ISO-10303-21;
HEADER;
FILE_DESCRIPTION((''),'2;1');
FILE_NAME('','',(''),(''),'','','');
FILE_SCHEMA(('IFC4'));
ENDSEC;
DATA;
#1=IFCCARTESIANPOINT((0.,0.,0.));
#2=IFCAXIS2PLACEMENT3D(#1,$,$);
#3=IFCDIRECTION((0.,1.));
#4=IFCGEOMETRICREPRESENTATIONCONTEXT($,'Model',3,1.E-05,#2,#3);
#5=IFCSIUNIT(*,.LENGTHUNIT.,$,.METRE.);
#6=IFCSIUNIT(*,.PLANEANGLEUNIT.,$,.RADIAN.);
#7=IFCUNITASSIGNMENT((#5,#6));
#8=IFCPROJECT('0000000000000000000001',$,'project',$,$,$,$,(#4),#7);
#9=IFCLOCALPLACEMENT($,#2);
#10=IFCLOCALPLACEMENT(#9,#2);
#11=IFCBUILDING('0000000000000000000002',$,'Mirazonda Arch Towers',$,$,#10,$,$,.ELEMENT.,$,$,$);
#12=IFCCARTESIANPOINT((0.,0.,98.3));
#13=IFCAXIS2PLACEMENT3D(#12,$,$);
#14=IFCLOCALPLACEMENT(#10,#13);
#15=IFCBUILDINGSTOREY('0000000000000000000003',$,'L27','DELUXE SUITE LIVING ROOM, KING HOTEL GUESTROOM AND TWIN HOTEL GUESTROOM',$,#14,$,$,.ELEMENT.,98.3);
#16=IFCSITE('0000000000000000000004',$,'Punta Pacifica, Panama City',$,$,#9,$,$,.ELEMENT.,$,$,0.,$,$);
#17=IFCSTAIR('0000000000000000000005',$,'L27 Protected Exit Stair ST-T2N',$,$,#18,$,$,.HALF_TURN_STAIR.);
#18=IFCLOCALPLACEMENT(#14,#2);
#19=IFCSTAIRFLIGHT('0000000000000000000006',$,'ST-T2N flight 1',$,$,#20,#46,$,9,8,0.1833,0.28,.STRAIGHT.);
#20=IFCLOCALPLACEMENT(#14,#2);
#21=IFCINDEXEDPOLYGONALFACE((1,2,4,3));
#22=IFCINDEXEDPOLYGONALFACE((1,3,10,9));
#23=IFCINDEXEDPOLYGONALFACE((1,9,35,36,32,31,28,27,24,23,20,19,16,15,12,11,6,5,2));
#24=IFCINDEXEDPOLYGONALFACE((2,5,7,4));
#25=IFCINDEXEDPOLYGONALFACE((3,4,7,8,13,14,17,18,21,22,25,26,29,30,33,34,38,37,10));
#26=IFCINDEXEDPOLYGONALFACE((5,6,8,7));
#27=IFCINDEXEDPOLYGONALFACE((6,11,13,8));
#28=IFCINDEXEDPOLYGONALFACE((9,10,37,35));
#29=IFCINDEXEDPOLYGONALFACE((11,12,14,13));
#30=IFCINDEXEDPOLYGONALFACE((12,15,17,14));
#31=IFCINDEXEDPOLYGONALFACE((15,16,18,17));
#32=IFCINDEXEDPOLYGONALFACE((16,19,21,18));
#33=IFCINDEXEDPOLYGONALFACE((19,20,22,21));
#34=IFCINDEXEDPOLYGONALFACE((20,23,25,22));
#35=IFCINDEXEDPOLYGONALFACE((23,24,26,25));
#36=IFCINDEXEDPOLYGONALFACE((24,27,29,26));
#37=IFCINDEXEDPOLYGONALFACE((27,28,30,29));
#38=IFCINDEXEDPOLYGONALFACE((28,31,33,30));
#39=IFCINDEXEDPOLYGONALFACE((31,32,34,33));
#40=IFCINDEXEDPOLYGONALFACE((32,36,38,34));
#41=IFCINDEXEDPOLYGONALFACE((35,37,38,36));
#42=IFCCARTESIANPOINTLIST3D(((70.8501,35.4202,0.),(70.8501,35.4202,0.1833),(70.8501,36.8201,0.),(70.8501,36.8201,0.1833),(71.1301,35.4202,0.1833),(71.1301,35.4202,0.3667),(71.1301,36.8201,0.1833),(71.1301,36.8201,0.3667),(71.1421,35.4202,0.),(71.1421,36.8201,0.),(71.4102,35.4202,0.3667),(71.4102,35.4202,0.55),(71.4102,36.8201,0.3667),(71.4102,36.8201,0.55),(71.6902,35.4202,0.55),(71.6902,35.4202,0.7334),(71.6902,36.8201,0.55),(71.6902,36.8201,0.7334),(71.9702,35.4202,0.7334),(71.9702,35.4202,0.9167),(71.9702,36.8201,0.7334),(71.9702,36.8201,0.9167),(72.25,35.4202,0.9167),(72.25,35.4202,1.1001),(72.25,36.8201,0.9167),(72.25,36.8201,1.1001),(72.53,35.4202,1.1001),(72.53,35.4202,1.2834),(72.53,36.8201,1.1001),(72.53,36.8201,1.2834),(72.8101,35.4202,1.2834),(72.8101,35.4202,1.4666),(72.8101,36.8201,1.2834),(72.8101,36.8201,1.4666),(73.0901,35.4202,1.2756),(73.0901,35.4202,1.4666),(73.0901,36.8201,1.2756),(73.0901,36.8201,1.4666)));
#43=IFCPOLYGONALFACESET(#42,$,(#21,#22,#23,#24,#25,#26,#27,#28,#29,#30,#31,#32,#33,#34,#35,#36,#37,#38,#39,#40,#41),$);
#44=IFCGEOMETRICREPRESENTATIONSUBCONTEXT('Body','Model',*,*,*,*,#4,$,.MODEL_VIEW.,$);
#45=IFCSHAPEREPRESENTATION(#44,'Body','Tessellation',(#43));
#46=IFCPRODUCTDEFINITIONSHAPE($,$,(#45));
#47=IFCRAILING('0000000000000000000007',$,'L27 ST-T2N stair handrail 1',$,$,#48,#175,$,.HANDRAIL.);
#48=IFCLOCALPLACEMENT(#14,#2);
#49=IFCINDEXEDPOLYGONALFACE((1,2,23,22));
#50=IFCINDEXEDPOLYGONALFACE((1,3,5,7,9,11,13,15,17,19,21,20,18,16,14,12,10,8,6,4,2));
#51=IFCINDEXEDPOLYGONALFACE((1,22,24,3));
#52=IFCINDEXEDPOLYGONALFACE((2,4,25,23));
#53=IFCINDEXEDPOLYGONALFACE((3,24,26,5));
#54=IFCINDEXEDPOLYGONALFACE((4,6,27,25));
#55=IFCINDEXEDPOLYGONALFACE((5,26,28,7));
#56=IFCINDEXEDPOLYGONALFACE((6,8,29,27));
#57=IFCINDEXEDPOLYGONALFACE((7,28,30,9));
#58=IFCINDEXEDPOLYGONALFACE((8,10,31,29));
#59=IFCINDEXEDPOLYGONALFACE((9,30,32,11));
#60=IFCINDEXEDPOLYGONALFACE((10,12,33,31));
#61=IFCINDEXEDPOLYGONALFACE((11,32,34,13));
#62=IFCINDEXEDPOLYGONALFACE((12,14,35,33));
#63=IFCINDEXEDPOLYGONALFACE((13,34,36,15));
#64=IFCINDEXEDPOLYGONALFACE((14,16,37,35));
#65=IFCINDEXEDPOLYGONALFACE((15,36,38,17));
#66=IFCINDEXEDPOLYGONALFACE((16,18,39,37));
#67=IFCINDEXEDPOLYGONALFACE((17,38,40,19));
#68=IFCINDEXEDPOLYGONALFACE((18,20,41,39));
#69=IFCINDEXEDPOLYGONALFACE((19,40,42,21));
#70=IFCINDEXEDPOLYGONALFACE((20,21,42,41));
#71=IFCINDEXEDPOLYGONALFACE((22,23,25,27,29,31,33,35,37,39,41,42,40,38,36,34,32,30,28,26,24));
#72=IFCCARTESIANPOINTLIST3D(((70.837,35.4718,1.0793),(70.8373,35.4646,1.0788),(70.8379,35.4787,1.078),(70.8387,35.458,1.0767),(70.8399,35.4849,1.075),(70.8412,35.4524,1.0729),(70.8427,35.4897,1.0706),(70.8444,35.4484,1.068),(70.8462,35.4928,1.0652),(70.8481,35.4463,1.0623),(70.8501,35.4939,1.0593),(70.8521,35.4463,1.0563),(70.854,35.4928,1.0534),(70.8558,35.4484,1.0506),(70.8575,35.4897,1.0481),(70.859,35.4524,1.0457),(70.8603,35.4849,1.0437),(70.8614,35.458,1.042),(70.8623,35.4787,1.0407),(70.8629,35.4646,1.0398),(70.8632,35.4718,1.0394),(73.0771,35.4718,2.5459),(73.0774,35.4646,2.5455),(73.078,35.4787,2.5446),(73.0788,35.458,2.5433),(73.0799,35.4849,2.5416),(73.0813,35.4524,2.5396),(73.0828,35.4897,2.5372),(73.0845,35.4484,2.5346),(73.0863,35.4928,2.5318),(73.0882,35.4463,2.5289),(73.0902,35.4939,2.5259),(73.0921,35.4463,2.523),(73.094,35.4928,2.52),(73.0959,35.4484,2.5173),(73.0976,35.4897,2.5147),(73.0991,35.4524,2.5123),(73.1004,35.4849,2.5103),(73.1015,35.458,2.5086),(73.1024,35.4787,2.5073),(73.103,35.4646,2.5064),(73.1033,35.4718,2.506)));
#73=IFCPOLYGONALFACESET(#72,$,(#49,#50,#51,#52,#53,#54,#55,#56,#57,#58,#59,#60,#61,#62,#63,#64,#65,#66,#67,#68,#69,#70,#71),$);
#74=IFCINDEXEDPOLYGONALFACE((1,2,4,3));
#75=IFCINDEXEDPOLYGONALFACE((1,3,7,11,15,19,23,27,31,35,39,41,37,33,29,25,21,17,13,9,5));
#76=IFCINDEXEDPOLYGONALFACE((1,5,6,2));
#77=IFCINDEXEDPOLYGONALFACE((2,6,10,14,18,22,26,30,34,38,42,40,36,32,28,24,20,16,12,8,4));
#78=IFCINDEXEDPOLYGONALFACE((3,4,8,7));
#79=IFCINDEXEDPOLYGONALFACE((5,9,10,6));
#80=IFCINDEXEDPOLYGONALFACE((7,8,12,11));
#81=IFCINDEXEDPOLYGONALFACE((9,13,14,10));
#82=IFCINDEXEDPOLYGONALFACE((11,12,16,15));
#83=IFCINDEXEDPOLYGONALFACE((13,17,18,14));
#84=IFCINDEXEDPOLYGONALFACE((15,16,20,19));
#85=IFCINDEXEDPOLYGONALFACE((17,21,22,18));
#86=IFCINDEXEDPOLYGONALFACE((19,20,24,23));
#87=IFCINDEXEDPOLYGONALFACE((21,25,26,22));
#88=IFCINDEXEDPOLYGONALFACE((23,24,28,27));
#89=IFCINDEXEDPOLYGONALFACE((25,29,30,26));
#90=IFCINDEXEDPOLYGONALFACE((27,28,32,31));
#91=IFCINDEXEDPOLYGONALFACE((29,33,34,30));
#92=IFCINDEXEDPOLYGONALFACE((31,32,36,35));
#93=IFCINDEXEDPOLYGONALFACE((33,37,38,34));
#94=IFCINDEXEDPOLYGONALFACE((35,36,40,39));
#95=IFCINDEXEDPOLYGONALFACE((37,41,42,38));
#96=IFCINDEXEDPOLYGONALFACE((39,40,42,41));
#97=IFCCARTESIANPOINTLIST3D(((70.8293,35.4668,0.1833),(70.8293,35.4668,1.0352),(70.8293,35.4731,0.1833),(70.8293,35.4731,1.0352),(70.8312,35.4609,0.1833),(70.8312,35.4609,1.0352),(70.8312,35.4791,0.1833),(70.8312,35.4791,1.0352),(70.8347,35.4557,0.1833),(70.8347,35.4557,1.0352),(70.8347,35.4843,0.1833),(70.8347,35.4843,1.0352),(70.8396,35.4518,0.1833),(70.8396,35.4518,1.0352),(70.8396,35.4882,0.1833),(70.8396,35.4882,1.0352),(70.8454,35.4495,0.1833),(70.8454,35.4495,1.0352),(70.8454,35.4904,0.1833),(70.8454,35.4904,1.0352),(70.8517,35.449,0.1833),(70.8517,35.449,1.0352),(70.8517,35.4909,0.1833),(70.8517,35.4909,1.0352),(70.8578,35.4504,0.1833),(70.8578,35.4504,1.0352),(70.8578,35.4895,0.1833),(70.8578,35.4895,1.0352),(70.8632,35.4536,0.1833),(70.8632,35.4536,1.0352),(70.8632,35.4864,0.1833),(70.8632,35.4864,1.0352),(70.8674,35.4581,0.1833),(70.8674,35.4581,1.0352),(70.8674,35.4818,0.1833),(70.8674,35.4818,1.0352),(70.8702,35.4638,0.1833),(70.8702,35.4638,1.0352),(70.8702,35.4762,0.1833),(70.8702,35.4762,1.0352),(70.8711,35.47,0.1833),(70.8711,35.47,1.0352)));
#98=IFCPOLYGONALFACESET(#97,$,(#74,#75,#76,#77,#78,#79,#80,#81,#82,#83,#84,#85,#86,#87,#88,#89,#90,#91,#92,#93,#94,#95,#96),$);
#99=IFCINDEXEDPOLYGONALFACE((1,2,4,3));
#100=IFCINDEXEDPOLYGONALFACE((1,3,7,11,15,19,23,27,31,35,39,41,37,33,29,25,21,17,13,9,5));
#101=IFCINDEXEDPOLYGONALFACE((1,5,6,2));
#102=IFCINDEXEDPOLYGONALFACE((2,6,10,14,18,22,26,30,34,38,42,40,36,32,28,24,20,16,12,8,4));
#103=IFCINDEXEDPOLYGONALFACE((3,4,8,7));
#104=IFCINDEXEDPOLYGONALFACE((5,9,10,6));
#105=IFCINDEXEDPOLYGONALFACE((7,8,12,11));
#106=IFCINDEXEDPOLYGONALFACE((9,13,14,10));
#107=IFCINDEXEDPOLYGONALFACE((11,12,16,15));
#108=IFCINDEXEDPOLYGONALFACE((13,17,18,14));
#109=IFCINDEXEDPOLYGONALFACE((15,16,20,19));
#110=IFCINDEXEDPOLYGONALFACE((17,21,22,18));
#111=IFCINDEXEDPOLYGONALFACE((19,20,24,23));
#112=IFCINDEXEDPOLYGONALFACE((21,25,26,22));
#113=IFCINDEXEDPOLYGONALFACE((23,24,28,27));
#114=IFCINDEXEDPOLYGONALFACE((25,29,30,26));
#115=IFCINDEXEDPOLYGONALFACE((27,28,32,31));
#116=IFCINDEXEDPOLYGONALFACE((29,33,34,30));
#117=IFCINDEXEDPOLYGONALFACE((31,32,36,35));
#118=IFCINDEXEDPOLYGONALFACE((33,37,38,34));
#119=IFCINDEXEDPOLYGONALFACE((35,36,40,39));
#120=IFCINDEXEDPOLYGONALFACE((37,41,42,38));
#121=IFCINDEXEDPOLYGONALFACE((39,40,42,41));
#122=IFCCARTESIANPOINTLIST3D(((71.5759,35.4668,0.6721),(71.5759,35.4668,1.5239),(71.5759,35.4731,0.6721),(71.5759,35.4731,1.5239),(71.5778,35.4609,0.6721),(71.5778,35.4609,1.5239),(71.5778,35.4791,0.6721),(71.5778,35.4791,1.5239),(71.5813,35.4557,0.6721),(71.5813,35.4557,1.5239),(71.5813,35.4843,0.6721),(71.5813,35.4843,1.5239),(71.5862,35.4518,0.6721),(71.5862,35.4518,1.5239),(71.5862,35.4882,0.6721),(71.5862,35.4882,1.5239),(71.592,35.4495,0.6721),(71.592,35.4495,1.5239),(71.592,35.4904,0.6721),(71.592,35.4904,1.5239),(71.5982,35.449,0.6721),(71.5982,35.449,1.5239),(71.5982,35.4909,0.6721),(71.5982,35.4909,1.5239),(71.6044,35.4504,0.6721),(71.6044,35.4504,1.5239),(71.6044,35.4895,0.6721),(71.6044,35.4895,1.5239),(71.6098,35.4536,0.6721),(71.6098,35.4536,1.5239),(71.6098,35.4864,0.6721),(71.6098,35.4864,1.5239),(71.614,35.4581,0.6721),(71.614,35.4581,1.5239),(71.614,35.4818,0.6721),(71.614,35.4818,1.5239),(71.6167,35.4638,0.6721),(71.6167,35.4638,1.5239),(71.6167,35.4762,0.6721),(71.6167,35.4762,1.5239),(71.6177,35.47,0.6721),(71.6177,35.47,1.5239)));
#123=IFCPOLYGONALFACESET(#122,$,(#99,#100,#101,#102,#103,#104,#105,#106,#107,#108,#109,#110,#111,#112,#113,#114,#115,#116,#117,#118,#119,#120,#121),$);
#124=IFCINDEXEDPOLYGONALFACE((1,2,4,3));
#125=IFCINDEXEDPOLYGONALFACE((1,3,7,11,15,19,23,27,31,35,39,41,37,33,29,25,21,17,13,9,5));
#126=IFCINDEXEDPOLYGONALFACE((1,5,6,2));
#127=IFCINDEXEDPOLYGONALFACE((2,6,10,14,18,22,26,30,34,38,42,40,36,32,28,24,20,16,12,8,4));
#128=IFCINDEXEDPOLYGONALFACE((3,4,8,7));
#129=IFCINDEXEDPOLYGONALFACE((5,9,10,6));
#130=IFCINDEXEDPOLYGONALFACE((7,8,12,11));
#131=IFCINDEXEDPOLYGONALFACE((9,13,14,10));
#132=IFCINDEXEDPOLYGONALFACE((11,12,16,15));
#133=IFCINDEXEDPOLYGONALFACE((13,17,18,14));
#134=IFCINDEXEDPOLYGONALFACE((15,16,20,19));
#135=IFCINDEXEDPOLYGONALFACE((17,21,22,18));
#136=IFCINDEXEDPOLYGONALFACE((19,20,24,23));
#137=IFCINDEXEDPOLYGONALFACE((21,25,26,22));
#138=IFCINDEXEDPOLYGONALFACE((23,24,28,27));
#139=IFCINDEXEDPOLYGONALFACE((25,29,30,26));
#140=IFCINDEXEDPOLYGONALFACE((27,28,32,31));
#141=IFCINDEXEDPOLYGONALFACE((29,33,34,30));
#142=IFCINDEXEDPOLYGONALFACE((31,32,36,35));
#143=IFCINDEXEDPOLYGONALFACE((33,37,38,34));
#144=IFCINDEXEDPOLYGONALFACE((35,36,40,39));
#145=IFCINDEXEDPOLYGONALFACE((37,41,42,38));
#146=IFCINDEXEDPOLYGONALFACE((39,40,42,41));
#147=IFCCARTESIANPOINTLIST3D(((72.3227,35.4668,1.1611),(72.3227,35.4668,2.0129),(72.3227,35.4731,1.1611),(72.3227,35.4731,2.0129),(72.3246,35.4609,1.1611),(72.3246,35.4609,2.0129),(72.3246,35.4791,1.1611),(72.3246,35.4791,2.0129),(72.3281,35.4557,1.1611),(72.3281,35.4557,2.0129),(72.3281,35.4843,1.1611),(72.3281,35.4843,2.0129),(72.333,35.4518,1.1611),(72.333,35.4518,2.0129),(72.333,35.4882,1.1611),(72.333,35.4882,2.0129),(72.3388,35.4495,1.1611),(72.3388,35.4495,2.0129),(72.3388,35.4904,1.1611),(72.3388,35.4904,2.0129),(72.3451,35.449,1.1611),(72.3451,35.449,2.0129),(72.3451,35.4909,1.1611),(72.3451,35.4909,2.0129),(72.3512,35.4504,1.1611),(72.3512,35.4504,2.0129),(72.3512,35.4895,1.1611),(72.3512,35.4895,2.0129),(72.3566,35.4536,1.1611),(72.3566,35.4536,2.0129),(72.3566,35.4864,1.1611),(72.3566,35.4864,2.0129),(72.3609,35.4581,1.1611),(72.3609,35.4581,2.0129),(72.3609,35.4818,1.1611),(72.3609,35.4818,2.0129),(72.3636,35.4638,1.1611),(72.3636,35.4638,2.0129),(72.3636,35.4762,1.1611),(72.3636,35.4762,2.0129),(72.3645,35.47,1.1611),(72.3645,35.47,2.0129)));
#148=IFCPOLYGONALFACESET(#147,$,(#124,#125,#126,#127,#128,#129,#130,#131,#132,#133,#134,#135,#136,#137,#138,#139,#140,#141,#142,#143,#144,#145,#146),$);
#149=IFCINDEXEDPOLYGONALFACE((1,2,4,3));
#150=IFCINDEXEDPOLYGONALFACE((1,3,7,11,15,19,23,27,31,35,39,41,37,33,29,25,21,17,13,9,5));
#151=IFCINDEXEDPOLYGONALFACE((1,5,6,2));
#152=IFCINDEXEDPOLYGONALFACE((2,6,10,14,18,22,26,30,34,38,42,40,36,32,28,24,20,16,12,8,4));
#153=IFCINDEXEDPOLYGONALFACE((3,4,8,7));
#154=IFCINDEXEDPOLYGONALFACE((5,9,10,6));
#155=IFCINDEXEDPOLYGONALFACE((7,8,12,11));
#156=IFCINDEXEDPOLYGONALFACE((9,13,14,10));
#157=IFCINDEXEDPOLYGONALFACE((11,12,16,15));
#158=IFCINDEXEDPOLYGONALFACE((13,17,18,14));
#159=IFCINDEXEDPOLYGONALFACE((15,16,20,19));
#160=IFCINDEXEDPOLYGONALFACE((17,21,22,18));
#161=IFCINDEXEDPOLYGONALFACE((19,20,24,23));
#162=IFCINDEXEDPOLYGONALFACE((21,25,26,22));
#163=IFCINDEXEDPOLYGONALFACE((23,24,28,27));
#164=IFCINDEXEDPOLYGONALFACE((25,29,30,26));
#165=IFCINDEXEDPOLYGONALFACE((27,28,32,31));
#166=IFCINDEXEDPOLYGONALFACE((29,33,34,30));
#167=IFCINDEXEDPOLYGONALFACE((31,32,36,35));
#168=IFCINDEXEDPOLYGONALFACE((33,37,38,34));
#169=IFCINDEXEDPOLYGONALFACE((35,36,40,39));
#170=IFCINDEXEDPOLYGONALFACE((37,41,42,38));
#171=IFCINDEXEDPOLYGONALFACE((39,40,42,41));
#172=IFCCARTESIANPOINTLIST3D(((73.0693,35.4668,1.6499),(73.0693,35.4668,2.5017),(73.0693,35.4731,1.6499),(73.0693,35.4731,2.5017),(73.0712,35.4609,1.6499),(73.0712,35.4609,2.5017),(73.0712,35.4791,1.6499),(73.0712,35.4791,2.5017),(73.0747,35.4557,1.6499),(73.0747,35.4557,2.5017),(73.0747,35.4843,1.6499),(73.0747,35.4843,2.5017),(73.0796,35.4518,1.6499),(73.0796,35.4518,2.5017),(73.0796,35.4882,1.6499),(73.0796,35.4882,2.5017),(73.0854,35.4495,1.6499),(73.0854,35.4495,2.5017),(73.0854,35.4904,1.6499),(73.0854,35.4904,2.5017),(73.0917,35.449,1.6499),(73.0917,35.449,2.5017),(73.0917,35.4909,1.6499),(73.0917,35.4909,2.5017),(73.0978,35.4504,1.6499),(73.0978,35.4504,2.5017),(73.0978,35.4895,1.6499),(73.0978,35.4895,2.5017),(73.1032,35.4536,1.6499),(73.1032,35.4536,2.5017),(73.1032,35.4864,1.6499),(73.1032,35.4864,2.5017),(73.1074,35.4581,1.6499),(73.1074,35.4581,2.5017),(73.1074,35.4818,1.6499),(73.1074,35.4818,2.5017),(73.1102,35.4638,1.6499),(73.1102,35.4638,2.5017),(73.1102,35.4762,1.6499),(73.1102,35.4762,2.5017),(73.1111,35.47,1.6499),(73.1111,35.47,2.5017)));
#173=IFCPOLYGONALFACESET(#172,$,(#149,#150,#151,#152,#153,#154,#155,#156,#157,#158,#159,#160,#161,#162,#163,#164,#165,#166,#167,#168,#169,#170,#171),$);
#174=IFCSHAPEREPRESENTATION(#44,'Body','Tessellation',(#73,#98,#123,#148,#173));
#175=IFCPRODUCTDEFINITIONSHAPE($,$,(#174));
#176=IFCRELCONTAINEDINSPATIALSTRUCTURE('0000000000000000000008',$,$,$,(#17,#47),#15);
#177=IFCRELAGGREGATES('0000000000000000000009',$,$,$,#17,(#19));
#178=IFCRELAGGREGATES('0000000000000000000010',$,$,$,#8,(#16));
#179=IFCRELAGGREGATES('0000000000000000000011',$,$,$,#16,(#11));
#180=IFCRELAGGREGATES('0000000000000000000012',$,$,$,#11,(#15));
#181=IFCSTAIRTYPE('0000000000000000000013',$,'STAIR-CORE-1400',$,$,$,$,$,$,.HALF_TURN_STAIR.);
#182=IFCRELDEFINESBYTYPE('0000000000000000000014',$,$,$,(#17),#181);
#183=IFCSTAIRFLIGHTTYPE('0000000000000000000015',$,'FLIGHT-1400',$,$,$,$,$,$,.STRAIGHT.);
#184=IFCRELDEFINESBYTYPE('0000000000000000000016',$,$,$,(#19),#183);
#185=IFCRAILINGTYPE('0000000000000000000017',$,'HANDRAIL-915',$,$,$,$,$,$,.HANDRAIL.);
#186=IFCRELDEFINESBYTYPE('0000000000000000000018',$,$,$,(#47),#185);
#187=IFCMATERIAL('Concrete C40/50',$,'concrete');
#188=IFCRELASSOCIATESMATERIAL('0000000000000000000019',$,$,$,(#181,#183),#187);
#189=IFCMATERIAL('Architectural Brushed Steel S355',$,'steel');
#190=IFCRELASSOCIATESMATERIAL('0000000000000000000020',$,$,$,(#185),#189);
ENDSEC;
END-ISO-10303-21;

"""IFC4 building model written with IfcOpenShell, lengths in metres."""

from ifc_helpers import new_model, si_unit, direction, frame, origin, origin_2d, place, context, subcontext, project, spatial, polyline, circle, outline, extrude, material, type_object, element, aggregate, save


model = new_model("IFC4")

# Units and contexts
model_context = context("Model", 3, precision=1e-05, world=origin(), true_north=direction((0.0, 1.0)))
body_context = subcontext(model_context, "Body", "Model", "MODEL_VIEW")
ifc_project = project(units=[si_unit("LENGTHUNIT", "METRE"), si_unit("PLANEANGLEUNIT", "RADIAN")], contexts=[model_context])

# Site, building, storey
site_placement = place(None, origin())
site = spatial("IfcSite", under=ifc_project, at=site_placement, Name="Punta Pacifica, Panama City", CompositionType="ELEMENT", RefElevation=0.0)
building_placement = place(site_placement, origin())
building = spatial("IfcBuilding", under=site, at=building_placement, Name="Mirazonda Arch Towers", CompositionType="ELEMENT")
storey_placement = place(building_placement, frame((0.0, 0.0, 98.3)))
storey = spatial("IfcBuildingStorey", under=building, at=storey_placement, Name="L27", Description="DELUXE SUITE LIVING ROOM, KING HOTEL GUESTROOM AND TWIN HOTEL GUESTROOM", CompositionType="ELEMENT", Elevation=98.3)

# Shared definitions
ifc_material_1 = material(Name="Architectural Brushed Steel S355", Category="steel")

# Stair, stair flight
ifc_material_2 = material(Name="Concrete C40/50", Category="concrete")
stair_type = type_object("IfcStairType", Name="STAIR-CORE-1400", PredefinedType="HALF_TURN_STAIR", material=ifc_material_2)
stair_placement = place(storey_placement, origin())
stair = element("IfcStair", 1, at=stair_placement, inside=storey, type_object=stair_type, Name="L27 Protected Exit Stair ST-T2N", PredefinedType="HALF_TURN_STAIR")
stair_flight_type = type_object("IfcStairFlightType", Name="FLIGHT-1400", PredefinedType="STRAIGHT", material=ifc_material_2)
stair_flight_placement = place(storey_placement, frame((70.8501, 36.1201, 0.0), z_axis=(0.0, 0.0, 1.0), x_axis=(1.0, 0.0, 0.0)))
stair_flight = element("IfcStairFlight", 2, at=stair_flight_placement, type_object=stair_flight_type, Name="ST-T2N flight 1", NumberOfRisers=9, NumberOfTreads=8, PredefinedType="STRAIGHT", RiserHeight=0.1833, TreadLength=0.28, context=body_context, shape_type="SweptSolid", body=[
    extrude(outline(polyline([(0.0, 0.0), (0.0, 0.1833), (0.28, 0.1833), (0.28, 0.3667), (0.5601, 0.3667), (0.5601, 0.55), (0.8401, 0.55), (0.8401, 0.7334), (1.1201, 0.7334), (1.1201, 0.9167), (1.3999, 0.9167), (1.3999, 1.1001), (1.6799, 1.1001), (1.6799, 1.2834), (1.96, 1.2834), (1.96, 1.4666), (2.24, 1.4666), (2.24, 1.6499), (2.24, 1.2756), (0.292, 0.0), (0.0, 0.0)])), frame((0.0, 0.7, 0.0), z_axis=(0.0, -1.0, 0.0), x_axis=(1.0, 0.0, 0.0)), (0.0, 0.0, 1.0), 1.3999),
])
aggregate(stair, [stair_flight])

# Railing
railing_type = type_object("IfcRailingType", Name="HANDRAIL-915", PredefinedType="HANDRAIL", material=ifc_material_1)
railing_placement = place(storey_placement, frame((70.8501, 35.47, 0.1833)))
element("IfcRailing", 3, at=railing_placement, inside=storey, type_object=railing_type, Name="L27 ST-T2N stair handrail 1", PredefinedType="HANDRAIL", context=body_context, shape_type="SweptSolid", body=[
    extrude(circle(Radius=0.0239, at=origin_2d()), frame((0.0, 0.0, 0.876), z_axis=(0.836637, 0.0, 0.547758), x_axis=(0.0, 1.0, 0.0)), (0.0, 0.0, 1.0), 2.6775),
    extrude(circle(Radius=0.021, at=origin_2d()), origin(), (0.0, 0.0, 1.0), 0.8518),
    extrude(circle(Radius=0.021, at=origin_2d()), frame((0.7466, 0.0, 0.4888)), (0.0, 0.0, 1.0), 0.8518),
    extrude(circle(Radius=0.021, at=origin_2d()), frame((1.4934, 0.0, 0.9778)), (0.0, 0.0, 1.0), 0.8518),
    extrude(circle(Radius=0.021, at=origin_2d()), frame((2.24, 0.0, 1.4666)), (0.0, 0.0, 1.0), 0.8518),
])

save(model, "model.ifc")
